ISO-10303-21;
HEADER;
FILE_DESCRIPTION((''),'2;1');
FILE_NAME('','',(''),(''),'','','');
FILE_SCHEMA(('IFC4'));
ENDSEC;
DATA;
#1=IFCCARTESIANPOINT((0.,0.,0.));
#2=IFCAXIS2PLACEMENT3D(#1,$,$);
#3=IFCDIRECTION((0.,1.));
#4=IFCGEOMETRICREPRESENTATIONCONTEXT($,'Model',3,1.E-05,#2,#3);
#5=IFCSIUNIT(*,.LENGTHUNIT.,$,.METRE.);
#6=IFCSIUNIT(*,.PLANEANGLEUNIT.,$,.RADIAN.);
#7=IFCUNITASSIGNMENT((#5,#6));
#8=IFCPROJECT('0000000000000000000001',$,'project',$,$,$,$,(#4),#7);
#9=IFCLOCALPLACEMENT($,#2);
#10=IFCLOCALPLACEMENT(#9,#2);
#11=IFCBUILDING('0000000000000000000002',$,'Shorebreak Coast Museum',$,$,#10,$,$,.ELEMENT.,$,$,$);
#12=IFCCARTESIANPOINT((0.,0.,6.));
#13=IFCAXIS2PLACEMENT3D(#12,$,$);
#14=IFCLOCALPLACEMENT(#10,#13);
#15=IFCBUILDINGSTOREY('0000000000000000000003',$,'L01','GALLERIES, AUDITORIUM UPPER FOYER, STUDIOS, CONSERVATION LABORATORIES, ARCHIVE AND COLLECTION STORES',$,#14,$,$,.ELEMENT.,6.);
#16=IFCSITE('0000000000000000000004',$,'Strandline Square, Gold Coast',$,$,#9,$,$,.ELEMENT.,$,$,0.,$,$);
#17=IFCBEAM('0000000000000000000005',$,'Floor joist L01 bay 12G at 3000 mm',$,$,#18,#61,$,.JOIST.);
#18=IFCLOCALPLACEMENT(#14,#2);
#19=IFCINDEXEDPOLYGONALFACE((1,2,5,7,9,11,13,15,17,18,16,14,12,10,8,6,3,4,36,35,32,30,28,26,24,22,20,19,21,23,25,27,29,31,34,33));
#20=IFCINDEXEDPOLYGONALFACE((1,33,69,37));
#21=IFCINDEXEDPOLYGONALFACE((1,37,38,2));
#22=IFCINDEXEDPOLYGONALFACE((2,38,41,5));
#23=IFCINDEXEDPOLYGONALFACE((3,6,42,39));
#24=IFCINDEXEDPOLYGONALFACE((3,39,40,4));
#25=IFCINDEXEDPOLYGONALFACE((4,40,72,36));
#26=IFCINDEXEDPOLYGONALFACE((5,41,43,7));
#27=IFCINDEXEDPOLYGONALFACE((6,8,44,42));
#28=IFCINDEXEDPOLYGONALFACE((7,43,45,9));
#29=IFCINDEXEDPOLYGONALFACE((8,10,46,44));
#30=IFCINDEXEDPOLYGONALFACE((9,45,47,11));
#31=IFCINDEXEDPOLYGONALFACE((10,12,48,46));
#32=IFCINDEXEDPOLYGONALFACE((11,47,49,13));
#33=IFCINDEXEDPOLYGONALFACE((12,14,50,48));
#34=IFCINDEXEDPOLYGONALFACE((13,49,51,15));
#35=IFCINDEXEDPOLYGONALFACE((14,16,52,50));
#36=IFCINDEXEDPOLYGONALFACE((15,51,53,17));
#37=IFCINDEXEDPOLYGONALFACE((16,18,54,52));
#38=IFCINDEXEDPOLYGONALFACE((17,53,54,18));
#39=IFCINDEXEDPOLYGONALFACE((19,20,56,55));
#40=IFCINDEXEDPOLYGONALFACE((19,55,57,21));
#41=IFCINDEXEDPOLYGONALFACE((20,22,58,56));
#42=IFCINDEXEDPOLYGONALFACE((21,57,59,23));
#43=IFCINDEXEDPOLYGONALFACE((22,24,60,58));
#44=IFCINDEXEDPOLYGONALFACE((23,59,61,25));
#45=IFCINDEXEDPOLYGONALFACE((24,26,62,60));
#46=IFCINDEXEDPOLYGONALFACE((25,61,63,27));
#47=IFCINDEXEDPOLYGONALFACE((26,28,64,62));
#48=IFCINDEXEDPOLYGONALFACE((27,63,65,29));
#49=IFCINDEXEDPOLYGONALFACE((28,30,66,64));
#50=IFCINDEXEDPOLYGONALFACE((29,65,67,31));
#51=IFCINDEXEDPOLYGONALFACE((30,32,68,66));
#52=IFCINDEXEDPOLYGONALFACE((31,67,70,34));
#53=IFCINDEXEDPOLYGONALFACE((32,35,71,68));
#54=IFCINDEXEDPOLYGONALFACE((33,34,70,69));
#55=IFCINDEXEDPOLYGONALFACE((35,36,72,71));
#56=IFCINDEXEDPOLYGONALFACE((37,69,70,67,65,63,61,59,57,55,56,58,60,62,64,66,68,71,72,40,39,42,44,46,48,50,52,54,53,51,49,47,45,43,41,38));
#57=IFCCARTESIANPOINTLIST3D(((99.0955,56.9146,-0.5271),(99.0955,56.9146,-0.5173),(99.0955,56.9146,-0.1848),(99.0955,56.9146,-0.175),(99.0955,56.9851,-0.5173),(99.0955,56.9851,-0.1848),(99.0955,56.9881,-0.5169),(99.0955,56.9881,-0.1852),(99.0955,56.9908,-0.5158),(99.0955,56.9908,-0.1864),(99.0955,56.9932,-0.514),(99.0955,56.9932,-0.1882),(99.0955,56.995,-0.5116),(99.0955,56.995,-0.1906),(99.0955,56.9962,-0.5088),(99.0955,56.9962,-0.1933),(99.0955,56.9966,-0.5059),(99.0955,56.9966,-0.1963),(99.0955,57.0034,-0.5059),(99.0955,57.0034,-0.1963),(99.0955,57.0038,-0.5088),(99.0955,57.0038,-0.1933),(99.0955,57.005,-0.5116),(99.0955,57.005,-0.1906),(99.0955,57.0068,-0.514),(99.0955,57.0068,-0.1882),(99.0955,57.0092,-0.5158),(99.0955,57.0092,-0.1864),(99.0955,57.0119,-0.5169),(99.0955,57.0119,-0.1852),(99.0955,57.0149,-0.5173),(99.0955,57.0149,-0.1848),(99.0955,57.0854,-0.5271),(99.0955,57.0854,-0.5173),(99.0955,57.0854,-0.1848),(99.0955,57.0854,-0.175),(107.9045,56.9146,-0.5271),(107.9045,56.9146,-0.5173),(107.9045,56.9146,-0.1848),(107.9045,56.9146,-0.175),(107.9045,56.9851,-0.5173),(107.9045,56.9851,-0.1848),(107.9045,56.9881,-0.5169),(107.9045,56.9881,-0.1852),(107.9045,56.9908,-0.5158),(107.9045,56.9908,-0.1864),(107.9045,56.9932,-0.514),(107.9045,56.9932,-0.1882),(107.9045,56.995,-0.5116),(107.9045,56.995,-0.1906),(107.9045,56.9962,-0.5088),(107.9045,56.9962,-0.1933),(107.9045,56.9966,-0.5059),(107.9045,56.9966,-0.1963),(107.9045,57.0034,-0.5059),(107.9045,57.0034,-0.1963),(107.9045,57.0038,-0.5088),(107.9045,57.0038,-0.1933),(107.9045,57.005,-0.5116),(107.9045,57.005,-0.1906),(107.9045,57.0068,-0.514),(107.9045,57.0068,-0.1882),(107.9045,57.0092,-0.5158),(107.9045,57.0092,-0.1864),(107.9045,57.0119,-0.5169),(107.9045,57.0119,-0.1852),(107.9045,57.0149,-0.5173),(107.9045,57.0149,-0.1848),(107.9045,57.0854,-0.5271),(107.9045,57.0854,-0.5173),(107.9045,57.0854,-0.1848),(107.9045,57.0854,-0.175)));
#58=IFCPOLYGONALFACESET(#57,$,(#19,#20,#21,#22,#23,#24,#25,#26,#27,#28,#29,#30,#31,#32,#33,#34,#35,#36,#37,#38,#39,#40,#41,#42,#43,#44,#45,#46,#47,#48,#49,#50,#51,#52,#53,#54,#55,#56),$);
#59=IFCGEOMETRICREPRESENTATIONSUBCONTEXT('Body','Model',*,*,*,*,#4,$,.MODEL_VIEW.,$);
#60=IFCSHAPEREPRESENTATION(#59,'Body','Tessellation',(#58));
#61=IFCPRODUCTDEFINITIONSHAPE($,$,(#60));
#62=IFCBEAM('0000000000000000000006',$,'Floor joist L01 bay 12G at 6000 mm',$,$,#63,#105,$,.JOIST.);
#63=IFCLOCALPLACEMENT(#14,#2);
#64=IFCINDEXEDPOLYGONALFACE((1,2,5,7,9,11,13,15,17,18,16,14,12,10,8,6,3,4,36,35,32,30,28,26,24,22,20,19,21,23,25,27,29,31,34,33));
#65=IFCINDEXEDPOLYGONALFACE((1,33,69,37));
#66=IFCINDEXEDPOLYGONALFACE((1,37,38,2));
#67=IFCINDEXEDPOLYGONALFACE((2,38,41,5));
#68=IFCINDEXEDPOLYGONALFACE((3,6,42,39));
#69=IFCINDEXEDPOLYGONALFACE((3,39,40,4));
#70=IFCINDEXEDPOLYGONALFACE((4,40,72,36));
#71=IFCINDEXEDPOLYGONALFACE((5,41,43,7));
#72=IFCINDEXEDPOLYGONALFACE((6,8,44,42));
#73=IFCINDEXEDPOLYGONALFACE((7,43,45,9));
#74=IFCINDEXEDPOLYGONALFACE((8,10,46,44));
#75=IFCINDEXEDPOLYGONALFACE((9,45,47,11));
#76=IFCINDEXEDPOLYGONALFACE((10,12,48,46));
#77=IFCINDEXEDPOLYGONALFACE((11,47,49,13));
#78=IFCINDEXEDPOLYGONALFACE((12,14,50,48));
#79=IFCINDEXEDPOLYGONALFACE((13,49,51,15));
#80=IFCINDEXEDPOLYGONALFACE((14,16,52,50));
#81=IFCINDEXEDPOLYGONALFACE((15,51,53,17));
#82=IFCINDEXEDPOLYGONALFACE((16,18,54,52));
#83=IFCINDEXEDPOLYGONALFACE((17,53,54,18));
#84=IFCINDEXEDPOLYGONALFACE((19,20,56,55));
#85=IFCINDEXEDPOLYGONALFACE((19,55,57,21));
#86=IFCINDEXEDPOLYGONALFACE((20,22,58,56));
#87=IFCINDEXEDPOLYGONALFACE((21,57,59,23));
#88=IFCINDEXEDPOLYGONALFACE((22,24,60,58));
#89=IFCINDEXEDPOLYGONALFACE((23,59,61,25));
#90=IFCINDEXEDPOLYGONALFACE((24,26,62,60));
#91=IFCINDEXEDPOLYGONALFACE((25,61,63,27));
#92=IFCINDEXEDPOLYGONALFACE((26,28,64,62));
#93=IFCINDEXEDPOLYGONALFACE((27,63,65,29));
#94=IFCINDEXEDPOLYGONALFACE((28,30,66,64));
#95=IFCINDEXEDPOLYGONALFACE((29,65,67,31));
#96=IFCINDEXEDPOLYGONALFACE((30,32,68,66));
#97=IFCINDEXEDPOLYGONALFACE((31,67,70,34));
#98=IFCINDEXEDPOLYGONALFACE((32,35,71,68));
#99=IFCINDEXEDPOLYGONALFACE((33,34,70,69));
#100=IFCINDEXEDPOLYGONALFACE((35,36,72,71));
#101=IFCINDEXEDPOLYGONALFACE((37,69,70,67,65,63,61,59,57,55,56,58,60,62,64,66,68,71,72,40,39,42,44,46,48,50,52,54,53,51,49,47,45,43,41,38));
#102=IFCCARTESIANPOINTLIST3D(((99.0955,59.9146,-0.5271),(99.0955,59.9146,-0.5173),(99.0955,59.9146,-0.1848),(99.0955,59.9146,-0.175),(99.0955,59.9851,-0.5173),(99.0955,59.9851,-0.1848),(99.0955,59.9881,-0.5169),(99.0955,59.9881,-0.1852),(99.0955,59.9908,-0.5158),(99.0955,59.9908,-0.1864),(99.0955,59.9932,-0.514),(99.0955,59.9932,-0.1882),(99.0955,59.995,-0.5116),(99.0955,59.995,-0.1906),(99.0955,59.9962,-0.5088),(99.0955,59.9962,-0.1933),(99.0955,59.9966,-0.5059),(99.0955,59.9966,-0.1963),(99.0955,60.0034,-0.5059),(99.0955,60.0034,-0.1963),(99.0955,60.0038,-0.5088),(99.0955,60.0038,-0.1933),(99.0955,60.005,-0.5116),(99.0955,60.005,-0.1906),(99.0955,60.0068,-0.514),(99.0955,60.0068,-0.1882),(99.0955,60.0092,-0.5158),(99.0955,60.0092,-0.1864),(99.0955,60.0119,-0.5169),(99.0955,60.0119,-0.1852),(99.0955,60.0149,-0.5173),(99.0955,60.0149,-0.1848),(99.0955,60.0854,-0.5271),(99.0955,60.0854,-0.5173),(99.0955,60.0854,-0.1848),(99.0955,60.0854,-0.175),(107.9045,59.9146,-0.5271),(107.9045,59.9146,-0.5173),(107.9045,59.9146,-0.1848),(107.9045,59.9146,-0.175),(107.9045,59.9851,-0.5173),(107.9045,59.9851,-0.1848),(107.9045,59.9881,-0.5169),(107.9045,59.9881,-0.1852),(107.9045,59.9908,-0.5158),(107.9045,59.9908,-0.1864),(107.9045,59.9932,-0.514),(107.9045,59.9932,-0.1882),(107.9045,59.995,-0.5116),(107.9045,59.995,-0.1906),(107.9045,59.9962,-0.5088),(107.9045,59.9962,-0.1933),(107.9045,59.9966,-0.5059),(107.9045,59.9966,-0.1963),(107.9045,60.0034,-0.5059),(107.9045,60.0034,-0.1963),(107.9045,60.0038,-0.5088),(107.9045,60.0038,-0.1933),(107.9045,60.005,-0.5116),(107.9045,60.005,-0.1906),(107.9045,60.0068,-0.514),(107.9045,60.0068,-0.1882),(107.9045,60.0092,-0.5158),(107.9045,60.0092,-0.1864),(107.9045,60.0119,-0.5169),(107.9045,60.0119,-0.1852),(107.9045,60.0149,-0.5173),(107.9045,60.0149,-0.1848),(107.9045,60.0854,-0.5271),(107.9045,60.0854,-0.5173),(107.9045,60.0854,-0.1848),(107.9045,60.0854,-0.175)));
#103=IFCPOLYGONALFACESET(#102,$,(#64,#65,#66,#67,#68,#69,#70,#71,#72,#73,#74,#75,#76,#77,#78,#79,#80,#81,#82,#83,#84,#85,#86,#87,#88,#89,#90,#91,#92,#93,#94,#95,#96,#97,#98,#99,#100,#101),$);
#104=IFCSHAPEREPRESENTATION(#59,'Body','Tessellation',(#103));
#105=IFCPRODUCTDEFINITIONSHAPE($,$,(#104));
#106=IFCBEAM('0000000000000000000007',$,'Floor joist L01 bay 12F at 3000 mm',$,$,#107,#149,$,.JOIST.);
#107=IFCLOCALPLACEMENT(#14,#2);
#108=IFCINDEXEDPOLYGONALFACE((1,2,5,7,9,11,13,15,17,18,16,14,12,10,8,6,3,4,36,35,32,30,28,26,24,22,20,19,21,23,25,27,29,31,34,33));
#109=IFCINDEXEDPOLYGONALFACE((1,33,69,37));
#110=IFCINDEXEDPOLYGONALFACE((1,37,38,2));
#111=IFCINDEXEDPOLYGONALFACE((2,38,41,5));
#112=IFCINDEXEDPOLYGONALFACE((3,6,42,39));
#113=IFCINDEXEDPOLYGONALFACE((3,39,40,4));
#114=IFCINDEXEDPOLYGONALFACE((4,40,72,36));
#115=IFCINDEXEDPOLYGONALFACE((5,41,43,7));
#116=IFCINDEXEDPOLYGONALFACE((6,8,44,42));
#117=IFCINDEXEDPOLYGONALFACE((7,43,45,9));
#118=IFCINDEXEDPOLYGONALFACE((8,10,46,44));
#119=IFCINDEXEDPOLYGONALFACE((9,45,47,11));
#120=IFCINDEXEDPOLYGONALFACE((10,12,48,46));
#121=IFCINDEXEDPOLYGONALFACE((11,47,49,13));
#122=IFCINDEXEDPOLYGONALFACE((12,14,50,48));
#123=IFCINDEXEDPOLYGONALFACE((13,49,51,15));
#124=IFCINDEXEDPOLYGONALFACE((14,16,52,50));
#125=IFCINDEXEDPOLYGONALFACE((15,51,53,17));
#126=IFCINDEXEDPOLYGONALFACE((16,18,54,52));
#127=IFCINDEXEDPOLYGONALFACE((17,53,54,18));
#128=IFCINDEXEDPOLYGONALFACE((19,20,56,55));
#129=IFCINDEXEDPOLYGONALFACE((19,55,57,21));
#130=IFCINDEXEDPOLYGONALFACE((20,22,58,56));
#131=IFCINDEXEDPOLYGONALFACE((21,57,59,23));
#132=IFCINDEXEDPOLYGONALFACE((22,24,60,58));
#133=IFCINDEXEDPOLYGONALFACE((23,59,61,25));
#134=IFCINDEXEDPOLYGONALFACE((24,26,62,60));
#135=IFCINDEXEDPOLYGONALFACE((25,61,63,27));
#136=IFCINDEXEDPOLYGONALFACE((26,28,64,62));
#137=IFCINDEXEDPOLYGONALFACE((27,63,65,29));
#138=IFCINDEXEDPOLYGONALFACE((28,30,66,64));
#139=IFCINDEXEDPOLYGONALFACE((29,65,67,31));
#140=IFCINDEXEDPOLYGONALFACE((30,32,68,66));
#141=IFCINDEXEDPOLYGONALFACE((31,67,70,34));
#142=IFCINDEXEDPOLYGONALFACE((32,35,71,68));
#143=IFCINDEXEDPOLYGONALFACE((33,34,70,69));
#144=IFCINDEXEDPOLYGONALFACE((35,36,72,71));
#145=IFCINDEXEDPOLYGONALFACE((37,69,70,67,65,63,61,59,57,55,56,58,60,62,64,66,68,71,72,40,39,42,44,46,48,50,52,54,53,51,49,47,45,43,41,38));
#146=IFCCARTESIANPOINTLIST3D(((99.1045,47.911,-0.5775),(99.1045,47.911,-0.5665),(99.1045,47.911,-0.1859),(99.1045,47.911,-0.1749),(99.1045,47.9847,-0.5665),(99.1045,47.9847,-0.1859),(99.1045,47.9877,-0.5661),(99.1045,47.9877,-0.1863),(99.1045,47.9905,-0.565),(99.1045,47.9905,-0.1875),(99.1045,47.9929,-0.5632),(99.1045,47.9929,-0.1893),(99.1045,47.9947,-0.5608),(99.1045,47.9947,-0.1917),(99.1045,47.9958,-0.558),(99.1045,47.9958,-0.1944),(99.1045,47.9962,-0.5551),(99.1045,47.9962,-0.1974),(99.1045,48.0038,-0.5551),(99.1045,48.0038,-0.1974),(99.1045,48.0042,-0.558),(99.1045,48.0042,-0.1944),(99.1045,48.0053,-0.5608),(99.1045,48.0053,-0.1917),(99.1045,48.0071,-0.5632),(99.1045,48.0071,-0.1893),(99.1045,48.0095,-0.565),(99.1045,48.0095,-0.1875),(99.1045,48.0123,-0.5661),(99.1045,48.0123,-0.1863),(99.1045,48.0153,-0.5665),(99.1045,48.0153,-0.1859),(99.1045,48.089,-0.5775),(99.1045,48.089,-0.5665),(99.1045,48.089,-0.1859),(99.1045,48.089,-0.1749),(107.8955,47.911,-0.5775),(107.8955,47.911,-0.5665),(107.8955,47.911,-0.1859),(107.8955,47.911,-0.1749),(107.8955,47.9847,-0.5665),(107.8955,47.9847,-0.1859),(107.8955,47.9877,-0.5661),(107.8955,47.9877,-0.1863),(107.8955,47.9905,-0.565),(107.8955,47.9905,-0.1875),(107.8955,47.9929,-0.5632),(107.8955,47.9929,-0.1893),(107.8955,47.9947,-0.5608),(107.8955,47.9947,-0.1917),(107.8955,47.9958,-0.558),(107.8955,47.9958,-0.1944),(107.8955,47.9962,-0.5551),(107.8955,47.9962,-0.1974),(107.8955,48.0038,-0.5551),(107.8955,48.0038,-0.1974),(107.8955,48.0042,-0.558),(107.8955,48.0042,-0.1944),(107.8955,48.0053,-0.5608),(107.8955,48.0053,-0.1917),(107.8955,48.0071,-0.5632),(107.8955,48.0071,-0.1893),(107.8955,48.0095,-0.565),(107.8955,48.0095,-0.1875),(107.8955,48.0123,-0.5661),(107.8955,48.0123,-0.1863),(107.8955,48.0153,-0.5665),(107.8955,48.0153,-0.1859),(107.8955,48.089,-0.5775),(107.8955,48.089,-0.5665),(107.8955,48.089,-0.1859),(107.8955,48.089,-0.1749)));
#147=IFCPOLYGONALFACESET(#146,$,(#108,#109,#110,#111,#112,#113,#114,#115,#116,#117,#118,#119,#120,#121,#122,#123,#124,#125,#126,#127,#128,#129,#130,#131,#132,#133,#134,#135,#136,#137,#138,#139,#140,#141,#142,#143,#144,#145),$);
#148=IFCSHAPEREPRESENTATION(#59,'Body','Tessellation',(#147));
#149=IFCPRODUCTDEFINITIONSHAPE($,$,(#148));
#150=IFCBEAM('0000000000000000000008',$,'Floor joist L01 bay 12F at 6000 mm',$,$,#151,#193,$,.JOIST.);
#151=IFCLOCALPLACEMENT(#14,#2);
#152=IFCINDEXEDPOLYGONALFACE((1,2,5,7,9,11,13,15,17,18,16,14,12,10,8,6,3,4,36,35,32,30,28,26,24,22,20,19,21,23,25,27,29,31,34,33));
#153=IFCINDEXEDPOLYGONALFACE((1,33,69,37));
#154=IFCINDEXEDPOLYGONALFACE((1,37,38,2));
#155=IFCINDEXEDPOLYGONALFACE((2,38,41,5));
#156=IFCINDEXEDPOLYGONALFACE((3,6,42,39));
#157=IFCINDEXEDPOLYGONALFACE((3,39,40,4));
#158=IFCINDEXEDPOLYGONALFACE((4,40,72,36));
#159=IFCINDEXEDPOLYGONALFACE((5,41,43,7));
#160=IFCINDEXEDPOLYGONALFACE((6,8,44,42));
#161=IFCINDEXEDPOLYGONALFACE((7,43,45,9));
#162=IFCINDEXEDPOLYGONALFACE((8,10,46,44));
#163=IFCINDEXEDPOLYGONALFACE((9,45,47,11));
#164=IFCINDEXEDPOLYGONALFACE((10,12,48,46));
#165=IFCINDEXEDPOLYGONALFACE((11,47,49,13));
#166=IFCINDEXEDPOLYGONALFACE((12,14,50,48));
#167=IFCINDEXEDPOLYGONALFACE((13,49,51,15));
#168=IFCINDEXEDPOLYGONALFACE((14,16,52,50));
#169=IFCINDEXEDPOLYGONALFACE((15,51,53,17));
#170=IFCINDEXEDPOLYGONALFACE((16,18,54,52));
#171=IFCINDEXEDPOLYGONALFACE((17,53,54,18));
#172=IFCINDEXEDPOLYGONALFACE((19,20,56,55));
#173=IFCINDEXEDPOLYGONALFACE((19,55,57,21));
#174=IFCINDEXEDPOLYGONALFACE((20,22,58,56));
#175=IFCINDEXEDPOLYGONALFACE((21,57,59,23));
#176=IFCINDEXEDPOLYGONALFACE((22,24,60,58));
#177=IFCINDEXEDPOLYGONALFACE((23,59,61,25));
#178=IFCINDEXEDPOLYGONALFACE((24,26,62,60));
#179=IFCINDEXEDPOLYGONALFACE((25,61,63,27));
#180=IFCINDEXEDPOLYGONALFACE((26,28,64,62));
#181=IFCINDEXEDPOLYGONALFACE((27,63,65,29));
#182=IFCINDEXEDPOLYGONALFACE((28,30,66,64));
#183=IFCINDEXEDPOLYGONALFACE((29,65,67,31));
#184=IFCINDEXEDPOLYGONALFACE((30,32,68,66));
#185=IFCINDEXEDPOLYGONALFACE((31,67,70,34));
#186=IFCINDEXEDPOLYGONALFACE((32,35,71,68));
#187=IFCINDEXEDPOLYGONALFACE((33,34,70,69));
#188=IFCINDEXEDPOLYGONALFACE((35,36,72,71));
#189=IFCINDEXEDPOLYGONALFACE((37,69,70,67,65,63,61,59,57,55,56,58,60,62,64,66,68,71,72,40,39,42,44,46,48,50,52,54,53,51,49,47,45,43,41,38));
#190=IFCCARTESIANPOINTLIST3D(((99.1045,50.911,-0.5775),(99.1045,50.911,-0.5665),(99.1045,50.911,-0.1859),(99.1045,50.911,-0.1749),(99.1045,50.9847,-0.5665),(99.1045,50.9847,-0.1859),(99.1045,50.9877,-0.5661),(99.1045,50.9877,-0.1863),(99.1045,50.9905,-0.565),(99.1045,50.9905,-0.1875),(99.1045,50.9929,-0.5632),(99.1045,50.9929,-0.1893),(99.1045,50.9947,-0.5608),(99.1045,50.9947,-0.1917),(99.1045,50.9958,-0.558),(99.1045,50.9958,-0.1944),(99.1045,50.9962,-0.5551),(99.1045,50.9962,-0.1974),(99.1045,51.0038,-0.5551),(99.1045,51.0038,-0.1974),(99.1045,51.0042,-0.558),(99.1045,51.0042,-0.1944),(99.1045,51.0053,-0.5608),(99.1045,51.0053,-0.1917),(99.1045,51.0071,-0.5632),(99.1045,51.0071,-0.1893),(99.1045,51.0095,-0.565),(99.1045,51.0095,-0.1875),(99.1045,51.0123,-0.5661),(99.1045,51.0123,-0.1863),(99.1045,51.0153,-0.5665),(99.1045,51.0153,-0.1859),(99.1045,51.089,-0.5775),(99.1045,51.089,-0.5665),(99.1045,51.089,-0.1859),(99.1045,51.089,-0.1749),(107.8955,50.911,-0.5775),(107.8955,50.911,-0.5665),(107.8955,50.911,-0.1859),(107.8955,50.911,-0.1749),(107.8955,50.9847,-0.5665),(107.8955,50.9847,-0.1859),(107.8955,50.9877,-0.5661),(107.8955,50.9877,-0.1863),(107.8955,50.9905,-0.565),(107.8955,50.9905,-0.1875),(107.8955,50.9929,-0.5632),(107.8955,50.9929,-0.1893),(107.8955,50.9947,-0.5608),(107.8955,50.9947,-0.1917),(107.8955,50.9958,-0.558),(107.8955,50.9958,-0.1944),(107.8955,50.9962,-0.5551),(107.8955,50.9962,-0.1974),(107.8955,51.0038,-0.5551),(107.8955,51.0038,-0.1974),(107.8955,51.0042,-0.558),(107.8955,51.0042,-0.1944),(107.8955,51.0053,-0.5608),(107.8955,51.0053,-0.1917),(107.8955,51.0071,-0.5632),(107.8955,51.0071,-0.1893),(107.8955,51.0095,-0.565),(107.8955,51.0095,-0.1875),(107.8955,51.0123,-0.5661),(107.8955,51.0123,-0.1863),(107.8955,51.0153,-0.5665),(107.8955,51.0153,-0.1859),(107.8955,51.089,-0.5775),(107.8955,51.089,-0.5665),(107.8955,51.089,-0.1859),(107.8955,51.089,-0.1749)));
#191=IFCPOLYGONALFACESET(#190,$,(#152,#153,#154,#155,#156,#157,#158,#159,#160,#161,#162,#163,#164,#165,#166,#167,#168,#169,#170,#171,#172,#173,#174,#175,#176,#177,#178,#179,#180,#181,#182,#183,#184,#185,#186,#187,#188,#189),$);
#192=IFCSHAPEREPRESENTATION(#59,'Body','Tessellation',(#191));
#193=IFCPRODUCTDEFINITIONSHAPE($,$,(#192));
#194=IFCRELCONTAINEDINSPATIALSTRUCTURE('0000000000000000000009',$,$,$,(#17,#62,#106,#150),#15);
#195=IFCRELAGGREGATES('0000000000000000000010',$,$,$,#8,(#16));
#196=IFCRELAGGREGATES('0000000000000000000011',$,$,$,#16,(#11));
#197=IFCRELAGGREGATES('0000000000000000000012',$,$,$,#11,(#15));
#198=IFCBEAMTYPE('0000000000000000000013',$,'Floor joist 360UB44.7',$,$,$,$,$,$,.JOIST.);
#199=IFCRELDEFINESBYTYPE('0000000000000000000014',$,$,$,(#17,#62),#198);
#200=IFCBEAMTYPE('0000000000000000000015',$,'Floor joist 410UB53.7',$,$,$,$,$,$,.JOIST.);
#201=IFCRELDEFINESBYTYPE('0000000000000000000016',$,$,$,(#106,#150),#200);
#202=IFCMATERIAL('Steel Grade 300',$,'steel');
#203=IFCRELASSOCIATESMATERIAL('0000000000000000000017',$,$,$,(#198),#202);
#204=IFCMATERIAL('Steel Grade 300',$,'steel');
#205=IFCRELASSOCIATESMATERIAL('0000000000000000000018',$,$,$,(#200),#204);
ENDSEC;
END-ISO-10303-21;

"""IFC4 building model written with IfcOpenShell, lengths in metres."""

from ifc_helpers import new_model, si_unit, direction, frame, origin, origin_2d, place, context, subcontext, project, spatial, i_section, extrude, material, material_profile, profile_set, type_object, element, save


model = new_model("IFC4")

# Units and contexts
model_context = context("Model", 3, precision=1e-05, world=origin(), true_north=direction((0.0, 1.0)))
body_context = subcontext(model_context, "Body", "Model", "MODEL_VIEW")
ifc_project = project(units=[si_unit("LENGTHUNIT", "METRE"), si_unit("PLANEANGLEUNIT", "RADIAN")], contexts=[model_context])

# Site, building, storey
site_placement = place(None, origin())
site = spatial("IfcSite", under=ifc_project, at=site_placement, Name="Strandline Square, Gold Coast", CompositionType="ELEMENT", RefElevation=0.0)
building_placement = place(site_placement, origin())
building = spatial("IfcBuilding", under=site, at=building_placement, Name="Shorebreak Coast Museum", CompositionType="ELEMENT")
storey_placement = place(building_placement, frame((0.0, 0.0, 6.0)))
storey = spatial("IfcBuildingStorey", under=building, at=storey_placement, Name="L01", Description="GALLERIES, AUDITORIUM UPPER FOYER, STUDIOS, CONSERVATION LABORATORIES, ARCHIVE AND COLLECTION STORES", CompositionType="ELEMENT", Elevation=6.0)

# Beams
ifc_material_1 = material(Name="Steel Grade 300", Category="steel")
ifc_material_profile_1 = material_profile(ifc_material_1, i_section(OverallWidth=0.1709, OverallDepth=0.3521, WebThickness=0.0068, FlangeThickness=0.0098, FilletRadius=0.0115, at=origin_2d()), Name="360UB44.7")
ifc_profile_set_1 = profile_set([ifc_material_profile_1], Name="Steel Grade 300")
beam_type_1 = type_object("IfcBeamType", Name="Floor joist 360UB44.7", PredefinedType="JOIST", material=ifc_profile_set_1)
for number, where, z_axis, x_axis, name in (
    (1, (99.0955, 57.0, -0.3511), (1.0, 0.0, 0.0), (0.0, 1.0, 0.0), "Floor joist L01 bay 12G at 3000 mm"),
    (2, (99.0955, 60.0, -0.3511), (1.0, 0.0, 0.0), (0.0, 1.0, 0.0), "Floor joist L01 bay 12G at 6000 mm"),
):
    element("IfcBeam", number, at=place(storey_placement, frame(where, z_axis=z_axis, x_axis=x_axis)), inside=storey, type_object=beam_type_1, Name=name, PredefinedType="JOIST", context=body_context, shape_type="SweptSolid", body=[
        extrude(i_section(OverallWidth=0.1709, OverallDepth=0.3521, WebThickness=0.0068, FlangeThickness=0.0098, FilletRadius=0.0115, at=origin_2d()), origin(), (0.0, 0.0, 1.0), 8.8091),
    ])
ifc_material_2 = material(Name="Steel Grade 300", Category="steel")
ifc_material_profile_2 = material_profile(ifc_material_2, i_section(OverallWidth=0.178, OverallDepth=0.4026, WebThickness=0.0076, FlangeThickness=0.011, FilletRadius=0.0115, at=origin_2d()), Name="410UB53.7")
ifc_profile_set_2 = profile_set([ifc_material_profile_2], Name="Steel Grade 300")
beam_type_2 = type_object("IfcBeamType", Name="Floor joist 410UB53.7", PredefinedType="JOIST", material=ifc_profile_set_2)
for number, where, z_axis, x_axis, name in (
    (3, (99.1045, 48.0, -0.3762), (1.0, 0.0, 0.0), (0.0, 1.0, 0.0), "Floor joist L01 bay 12F at 3000 mm"),
    (4, (99.1045, 51.0, -0.3762), (1.0, 0.0, 0.0), (0.0, 1.0, 0.0), "Floor joist L01 bay 12F at 6000 mm"),
):
    element("IfcBeam", number, at=place(storey_placement, frame(where, z_axis=z_axis, x_axis=x_axis)), inside=storey, type_object=beam_type_2, Name=name, PredefinedType="JOIST", context=body_context, shape_type="SweptSolid", body=[
        extrude(i_section(OverallWidth=0.178, OverallDepth=0.4026, WebThickness=0.0076, FlangeThickness=0.011, FilletRadius=0.0115, at=origin_2d()), origin(), (0.0, 0.0, 1.0), 8.791),
    ])

save(model, "model.ifc")
